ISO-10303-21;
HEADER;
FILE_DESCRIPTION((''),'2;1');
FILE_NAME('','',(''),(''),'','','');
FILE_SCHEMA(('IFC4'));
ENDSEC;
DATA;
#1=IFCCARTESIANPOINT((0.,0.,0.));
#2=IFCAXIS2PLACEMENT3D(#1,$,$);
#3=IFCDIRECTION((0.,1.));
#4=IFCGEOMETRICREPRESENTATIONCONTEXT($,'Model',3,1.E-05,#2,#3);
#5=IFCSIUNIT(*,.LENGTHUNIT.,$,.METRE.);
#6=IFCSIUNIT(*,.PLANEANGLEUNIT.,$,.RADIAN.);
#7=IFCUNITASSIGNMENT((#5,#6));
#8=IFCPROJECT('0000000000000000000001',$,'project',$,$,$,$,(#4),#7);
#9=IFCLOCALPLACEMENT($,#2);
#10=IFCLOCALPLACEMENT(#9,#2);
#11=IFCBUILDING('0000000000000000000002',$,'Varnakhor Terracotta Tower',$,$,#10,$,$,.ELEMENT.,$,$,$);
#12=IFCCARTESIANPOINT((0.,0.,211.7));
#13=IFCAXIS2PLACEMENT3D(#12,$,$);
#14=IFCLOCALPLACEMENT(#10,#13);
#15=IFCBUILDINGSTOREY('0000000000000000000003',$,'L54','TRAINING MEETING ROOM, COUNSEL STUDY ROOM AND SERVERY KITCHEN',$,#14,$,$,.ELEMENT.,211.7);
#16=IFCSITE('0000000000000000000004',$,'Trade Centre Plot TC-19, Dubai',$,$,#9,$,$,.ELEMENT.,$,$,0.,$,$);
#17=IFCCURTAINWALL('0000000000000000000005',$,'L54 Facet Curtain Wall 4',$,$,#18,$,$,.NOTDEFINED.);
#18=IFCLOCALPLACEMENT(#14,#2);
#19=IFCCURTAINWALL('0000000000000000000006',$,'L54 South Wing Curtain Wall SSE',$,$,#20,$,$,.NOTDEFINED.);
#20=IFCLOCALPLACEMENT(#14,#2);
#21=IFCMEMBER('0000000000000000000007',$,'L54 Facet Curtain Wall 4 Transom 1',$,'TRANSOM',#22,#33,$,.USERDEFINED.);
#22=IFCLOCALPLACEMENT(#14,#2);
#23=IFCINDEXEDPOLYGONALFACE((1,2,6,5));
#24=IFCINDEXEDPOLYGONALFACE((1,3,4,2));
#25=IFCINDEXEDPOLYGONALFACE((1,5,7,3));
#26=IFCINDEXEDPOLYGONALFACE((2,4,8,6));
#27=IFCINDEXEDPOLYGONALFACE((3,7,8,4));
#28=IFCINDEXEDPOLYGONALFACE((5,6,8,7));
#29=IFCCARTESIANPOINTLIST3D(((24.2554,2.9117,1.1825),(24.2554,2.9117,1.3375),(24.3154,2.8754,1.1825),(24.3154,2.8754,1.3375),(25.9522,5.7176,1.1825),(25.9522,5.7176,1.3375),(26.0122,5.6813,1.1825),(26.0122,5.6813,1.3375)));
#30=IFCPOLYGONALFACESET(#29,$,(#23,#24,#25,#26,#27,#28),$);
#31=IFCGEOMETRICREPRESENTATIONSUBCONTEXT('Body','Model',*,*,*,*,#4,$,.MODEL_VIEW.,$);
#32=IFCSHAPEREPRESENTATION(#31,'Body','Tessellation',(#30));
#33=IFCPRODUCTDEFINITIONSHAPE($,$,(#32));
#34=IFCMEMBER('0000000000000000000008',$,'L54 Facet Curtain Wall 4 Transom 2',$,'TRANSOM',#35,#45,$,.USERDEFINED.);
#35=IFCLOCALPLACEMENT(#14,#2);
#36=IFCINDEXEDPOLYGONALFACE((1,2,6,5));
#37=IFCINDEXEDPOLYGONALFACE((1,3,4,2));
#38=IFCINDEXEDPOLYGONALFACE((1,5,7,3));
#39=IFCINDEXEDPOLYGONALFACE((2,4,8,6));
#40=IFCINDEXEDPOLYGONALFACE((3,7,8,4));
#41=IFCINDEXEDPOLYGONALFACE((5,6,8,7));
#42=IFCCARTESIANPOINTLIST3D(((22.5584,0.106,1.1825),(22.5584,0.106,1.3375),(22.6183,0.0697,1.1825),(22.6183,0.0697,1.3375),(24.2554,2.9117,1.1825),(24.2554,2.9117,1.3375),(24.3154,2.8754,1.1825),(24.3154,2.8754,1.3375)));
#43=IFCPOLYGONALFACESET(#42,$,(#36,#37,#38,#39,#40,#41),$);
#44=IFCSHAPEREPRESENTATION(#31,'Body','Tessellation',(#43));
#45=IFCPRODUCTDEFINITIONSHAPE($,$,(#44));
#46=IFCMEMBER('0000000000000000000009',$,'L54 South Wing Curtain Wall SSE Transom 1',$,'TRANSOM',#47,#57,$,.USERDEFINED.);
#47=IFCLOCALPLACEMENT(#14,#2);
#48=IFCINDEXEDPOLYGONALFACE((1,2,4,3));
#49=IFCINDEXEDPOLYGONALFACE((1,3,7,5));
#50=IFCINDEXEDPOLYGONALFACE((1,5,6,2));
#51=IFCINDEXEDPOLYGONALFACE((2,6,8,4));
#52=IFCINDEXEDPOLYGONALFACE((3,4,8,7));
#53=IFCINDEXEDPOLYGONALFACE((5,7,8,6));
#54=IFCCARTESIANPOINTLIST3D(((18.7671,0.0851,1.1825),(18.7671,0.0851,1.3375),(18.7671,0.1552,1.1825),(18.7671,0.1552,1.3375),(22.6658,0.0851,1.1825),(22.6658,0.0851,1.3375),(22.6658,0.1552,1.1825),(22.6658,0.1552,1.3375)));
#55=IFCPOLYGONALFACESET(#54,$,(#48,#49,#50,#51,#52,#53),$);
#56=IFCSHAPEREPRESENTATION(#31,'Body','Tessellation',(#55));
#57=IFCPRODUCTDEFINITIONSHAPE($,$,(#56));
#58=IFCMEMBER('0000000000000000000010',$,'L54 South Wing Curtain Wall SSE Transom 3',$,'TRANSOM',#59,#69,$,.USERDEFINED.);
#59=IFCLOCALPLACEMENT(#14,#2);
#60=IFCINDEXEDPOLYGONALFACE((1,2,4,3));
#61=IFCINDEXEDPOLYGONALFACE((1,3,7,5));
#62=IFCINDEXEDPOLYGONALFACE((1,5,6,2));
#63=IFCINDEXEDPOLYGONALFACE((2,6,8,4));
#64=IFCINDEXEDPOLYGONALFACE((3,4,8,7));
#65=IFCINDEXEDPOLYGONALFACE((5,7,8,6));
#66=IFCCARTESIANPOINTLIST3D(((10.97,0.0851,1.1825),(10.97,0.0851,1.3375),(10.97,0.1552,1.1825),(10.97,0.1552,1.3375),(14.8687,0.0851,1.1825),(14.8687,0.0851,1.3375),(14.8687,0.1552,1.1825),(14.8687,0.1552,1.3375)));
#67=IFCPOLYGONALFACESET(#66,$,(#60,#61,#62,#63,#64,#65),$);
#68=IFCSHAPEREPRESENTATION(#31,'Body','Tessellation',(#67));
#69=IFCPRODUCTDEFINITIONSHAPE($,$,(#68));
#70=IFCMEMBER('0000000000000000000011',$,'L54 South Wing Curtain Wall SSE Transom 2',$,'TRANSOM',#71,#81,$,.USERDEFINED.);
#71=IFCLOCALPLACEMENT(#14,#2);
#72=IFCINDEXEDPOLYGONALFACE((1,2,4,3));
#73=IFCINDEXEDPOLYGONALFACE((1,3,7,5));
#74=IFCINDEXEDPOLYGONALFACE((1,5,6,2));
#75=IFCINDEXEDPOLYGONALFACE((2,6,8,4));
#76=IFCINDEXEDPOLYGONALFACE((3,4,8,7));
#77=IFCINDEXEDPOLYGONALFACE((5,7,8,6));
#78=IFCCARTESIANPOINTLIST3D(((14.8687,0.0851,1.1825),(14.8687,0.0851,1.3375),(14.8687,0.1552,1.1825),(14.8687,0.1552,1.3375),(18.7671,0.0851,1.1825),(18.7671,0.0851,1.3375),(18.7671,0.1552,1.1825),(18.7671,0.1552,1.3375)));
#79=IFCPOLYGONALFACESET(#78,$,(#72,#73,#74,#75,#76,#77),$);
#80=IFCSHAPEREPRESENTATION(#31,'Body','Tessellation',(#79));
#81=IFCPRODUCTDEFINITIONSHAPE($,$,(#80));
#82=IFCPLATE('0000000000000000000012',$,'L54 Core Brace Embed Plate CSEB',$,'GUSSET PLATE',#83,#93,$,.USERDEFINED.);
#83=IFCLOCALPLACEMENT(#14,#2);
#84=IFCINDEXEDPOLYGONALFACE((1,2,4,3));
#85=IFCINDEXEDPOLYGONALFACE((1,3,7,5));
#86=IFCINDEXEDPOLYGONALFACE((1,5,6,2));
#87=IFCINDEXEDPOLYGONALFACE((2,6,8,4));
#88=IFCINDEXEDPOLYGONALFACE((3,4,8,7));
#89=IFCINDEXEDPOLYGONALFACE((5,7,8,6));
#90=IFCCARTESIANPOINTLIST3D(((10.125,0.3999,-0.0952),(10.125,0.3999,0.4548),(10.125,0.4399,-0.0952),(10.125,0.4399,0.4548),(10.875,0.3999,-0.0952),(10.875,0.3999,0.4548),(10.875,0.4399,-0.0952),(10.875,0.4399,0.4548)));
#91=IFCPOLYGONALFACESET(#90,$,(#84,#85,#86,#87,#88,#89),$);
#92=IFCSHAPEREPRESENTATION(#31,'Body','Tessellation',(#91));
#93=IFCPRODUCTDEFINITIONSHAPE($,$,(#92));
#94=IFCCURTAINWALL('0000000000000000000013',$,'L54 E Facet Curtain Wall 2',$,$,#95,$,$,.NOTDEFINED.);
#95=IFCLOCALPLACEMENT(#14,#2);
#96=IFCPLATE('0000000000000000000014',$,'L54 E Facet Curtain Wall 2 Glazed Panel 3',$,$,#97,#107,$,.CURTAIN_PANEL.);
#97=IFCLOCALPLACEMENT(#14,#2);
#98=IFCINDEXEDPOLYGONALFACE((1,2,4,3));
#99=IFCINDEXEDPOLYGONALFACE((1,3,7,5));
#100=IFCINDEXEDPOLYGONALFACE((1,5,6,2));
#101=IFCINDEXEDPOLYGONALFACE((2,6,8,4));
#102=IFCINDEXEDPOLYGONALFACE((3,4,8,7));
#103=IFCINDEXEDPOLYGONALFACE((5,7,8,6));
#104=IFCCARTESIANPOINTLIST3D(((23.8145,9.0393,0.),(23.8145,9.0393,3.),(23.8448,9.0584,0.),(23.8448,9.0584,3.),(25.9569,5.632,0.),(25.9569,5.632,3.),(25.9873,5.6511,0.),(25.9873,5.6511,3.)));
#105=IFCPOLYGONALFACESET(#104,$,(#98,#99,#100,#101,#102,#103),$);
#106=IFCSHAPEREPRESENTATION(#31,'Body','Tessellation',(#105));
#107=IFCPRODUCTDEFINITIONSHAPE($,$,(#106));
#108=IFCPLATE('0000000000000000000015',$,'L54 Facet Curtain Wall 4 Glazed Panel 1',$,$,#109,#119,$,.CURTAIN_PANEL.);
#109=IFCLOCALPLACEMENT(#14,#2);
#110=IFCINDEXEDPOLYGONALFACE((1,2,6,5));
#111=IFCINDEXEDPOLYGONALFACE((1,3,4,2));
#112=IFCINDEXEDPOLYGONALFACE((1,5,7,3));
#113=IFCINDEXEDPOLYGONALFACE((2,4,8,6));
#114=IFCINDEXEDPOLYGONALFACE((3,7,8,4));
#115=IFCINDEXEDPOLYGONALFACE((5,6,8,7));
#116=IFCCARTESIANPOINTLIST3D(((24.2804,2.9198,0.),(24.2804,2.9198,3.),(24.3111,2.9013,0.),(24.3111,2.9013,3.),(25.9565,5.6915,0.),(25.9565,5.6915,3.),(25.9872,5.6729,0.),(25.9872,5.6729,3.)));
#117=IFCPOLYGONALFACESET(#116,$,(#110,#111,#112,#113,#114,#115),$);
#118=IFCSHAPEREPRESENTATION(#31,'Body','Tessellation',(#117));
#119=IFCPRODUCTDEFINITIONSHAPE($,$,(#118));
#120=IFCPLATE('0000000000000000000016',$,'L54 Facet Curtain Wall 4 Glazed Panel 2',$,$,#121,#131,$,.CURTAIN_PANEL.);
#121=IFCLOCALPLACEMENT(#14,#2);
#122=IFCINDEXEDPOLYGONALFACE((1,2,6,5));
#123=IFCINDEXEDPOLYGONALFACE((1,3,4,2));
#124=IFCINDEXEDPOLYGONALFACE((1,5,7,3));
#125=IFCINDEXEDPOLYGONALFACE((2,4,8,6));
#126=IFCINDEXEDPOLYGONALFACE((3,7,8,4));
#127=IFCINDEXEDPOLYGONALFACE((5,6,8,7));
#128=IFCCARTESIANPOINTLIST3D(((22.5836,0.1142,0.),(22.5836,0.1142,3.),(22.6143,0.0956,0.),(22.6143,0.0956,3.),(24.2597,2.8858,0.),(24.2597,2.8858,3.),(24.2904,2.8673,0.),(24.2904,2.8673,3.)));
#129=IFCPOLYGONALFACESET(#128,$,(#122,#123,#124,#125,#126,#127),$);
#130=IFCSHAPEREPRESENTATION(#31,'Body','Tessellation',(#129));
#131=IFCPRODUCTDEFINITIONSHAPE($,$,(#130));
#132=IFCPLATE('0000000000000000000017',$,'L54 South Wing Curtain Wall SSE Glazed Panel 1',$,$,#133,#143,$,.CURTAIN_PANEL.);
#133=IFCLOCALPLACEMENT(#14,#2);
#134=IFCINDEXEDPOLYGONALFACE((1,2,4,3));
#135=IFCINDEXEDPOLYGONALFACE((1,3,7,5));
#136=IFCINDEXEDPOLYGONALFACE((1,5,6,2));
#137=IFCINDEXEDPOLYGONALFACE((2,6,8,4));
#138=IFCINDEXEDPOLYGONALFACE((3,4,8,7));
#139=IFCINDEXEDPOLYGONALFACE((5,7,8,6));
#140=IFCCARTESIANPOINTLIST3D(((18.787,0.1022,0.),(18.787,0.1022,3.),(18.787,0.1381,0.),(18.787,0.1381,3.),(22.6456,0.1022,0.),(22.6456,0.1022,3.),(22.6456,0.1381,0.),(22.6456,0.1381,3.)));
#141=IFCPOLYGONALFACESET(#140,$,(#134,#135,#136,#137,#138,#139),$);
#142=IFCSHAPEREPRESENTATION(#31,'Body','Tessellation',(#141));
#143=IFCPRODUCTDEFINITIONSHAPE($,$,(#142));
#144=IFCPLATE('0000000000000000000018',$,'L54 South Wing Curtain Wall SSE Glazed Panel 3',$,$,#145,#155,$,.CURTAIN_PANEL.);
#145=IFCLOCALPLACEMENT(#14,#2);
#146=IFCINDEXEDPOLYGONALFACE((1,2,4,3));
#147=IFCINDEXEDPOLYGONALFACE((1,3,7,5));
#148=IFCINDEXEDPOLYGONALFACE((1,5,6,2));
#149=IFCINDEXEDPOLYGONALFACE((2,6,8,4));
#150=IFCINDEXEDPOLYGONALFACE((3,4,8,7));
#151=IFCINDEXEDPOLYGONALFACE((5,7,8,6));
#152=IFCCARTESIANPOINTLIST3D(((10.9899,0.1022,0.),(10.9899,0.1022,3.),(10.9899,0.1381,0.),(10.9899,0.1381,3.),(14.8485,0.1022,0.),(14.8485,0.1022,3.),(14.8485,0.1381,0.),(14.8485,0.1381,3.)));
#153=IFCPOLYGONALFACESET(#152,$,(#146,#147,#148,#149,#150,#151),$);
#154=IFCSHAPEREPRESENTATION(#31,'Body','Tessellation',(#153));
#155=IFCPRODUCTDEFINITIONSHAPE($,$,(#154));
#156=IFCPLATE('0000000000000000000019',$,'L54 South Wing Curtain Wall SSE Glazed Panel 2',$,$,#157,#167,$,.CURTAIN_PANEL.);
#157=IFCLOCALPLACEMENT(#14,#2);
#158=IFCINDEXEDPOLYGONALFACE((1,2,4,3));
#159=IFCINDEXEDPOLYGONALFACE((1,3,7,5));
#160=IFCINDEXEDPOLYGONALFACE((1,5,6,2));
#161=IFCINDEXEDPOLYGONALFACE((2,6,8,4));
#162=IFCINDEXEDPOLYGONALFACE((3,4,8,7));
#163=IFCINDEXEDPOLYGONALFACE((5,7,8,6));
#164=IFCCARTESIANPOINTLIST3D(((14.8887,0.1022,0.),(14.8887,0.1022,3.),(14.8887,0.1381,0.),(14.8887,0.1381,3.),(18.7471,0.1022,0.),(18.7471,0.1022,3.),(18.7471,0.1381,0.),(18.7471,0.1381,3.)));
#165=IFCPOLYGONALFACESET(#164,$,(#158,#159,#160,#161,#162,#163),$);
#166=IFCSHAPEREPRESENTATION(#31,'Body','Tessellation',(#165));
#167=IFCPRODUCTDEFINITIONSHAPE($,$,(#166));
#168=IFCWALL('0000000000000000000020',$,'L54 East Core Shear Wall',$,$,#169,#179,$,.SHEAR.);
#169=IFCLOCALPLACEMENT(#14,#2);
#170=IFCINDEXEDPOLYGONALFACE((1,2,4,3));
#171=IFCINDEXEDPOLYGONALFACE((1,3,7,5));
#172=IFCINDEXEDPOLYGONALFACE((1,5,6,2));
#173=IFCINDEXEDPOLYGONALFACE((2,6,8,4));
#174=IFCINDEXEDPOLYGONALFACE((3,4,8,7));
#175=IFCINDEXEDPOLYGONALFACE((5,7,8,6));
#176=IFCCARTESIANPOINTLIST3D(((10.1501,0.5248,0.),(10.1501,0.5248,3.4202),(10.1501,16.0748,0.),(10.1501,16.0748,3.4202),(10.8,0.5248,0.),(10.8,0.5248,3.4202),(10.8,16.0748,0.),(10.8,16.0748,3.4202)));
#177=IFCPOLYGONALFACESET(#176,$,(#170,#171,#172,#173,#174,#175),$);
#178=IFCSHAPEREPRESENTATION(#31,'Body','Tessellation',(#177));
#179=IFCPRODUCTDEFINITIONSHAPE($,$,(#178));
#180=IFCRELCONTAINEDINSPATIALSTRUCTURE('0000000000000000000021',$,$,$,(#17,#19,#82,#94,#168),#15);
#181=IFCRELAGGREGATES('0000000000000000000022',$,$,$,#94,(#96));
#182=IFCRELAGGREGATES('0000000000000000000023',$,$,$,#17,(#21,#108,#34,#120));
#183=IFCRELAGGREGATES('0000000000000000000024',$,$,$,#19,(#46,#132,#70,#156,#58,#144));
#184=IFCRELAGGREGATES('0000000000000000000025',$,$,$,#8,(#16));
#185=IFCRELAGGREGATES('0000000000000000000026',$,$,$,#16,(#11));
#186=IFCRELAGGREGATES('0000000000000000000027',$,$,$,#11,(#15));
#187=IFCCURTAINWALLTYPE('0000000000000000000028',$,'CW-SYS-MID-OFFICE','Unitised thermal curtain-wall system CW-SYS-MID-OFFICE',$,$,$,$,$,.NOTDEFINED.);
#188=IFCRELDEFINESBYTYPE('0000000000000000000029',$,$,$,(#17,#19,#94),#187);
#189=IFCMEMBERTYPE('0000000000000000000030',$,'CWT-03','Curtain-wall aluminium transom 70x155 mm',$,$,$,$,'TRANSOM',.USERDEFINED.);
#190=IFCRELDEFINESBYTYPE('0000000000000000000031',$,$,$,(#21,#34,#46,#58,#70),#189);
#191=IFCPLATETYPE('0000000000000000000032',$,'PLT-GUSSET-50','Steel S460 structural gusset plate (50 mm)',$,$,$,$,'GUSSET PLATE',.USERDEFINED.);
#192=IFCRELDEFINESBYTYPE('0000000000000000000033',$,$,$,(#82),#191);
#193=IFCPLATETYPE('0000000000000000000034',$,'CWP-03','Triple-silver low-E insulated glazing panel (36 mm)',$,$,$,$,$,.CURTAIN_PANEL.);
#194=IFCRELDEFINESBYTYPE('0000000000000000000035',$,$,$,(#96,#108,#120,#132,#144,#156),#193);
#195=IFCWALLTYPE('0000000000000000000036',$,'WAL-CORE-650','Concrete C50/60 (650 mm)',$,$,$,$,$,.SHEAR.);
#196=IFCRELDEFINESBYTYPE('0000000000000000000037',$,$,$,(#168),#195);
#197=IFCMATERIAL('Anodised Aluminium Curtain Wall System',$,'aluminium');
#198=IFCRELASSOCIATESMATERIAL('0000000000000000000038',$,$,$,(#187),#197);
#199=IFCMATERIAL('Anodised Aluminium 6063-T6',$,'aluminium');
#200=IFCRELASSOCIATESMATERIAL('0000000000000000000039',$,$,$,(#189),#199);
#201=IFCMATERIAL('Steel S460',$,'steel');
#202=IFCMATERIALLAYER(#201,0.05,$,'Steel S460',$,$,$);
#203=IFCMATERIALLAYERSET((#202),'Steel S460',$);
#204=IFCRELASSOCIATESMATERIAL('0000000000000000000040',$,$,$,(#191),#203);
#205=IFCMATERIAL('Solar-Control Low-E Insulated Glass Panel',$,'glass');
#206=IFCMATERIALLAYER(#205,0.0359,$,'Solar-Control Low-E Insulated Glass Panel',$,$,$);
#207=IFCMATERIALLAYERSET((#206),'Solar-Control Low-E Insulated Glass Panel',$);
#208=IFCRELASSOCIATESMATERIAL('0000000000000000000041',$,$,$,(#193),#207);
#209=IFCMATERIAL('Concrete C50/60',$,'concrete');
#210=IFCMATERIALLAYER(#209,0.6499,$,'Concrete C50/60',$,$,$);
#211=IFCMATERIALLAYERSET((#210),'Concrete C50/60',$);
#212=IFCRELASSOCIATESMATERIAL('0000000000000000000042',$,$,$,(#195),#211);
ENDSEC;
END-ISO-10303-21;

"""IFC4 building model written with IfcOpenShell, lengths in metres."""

from ifc_helpers import new_model, si_unit, direction, frame, frame_2d, origin, origin_2d, place, context, subcontext, project, spatial, rectangle, extrude, source, transform, mapped, material, layer, layer_set, material_profile, profile_set, type_object, type_shapes, element, aggregate, save


model = new_model("IFC4")

# Units and contexts
model_context = context("Model", 3, precision=1e-05, world=origin(), true_north=direction((0.0, 1.0)))
body_context = subcontext(model_context, "Body", "Model", "MODEL_VIEW")
ifc_project = project(units=[si_unit("LENGTHUNIT", "METRE"), si_unit("PLANEANGLEUNIT", "RADIAN")], contexts=[model_context])

# Site, building, storey
site_placement = place(None, origin())
site = spatial("IfcSite", under=ifc_project, at=site_placement, Name="Trade Centre Plot TC-19, Dubai", CompositionType="ELEMENT", RefElevation=0.0)
building_placement = place(site_placement, origin())
building = spatial("IfcBuilding", under=site, at=building_placement, Name="Varnakhor Terracotta Tower", CompositionType="ELEMENT")
storey_placement = place(building_placement, frame((0.0, 0.0, 211.7)))
storey = spatial("IfcBuildingStorey", under=building, at=storey_placement, Name="L54", Description="TRAINING MEETING ROOM, COUNSEL STUDY ROOM AND SERVERY KITCHEN", CompositionType="ELEMENT", Elevation=211.7)

# Shared definitions
ifc_material_1 = material(Name="Concrete C50/60", Category="concrete")
ifc_material_2 = material(Name="Steel S460", Category="steel")

# Curtain walls
ifc_material_3 = material(Name="Anodised Aluminium Curtain Wall System", Category="aluminium")
curtain_wall_type = type_object("IfcCurtainWallType", Name="CW-SYS-MID-OFFICE", Description="Unitised thermal curtain-wall system CW-SYS-MID-OFFICE", PredefinedType="NOTDEFINED", material=ifc_material_3)
curtain_wall_1_placement = place(storey_placement, origin())
curtain_wall_1 = element("IfcCurtainWall", 1, at=curtain_wall_1_placement, inside=storey, type_object=curtain_wall_type, Name="L54 Facet Curtain Wall 4", PredefinedType="NOTDEFINED")
ifc_material_4 = material(Name="Anodised Aluminium 6063-T6", Category="aluminium")
curtain_wall_2_placement = place(storey_placement, origin())
curtain_wall_2 = element("IfcCurtainWall", 2, at=curtain_wall_2_placement, inside=storey, type_object=curtain_wall_type, Name="L54 South Wing Curtain Wall SSE", PredefinedType="NOTDEFINED")

# Members
ifc_material_profile_1 = material_profile(ifc_material_4, rectangle(XDim=0.0701, YDim=0.155, at=origin_2d()), Name="ALU TRANSOM 70x155")
ifc_profile_set_1 = profile_set([ifc_material_profile_1], Name="Anodised Aluminium 6063-T6")
member_type_1 = type_object("IfcMemberType", Name="CWT-03", Description="Curtain-wall aluminium transom 70x155 mm", ElementType="TRANSOM", PredefinedType="USERDEFINED", material=ifc_profile_set_1)
shared_shape_1 = source(origin(), body_context, "Body", "SweptSolid", [
    extrude(rectangle(XDim=0.0701, YDim=0.155, at=origin_2d()), origin(), (0.0, 0.0, 1.0), 3.2791),
])
member_1_placement = place(storey_placement, frame((25.9822, 5.6995, 1.26), z_axis=(-0.51746, -0.855707, 0.0), x_axis=(0.855707, -0.51746, 0.0)))
member_1 = element("IfcMember", 3, at=member_1_placement, type_object=member_type_1, Name="L54 Facet Curtain Wall 4 Transom 1", ObjectType="TRANSOM", PredefinedType="USERDEFINED", context=body_context, shape_type="MappedRepresentation", body=[
    mapped(shared_shape_1, transform((0.0, 0.0, 0.0), scale=1.0)),
])
member_2_placement = place(storey_placement, frame((24.2854, 2.8936, 1.26), z_axis=(-0.517547, -0.855655, 0.0), x_axis=(0.855655, -0.517547, 0.0)))
member_2 = element("IfcMember", 4, at=member_2_placement, type_object=member_type_1, Name="L54 Facet Curtain Wall 4 Transom 2", ObjectType="TRANSOM", PredefinedType="USERDEFINED", context=body_context, shape_type="MappedRepresentation", body=[
    mapped(shared_shape_1, transform((0.0, 0.0, 0.0), scale=1.0)),
])
shared_shape_2 = source(origin(), body_context, "Body", "SweptSolid", [
    extrude(rectangle(XDim=0.0701, YDim=0.155, at=origin_2d()), origin(), (0.0, 0.0, 1.0), 3.8987),
])
member_3_placement = place(storey_placement, frame((22.6658, 0.1201, 1.26), z_axis=(-1.0, 0.0, 0.0), x_axis=(0.0, -1.0, 0.0)))
member_3 = element("IfcMember", 5, at=member_3_placement, type_object=member_type_1, Name="L54 South Wing Curtain Wall SSE Transom 1", ObjectType="TRANSOM", PredefinedType="USERDEFINED", context=body_context, shape_type="MappedRepresentation", body=[
    mapped(shared_shape_2, transform((0.0, 0.0, 0.0), scale=1.0)),
])
member_4_placement = place(storey_placement, frame((14.8687, 0.1201, 1.26), z_axis=(-1.0, 0.0, 0.0), x_axis=(0.0, -1.0, 0.0)))
member_4 = element("IfcMember", 6, at=member_4_placement, type_object=member_type_1, Name="L54 South Wing Curtain Wall SSE Transom 3", ObjectType="TRANSOM", PredefinedType="USERDEFINED", context=body_context, shape_type="MappedRepresentation", body=[
    mapped(shared_shape_2, transform((0.0, 0.0, 0.0), scale=1.0)),
])
shared_shape_3 = source(origin(), body_context, "Body", "SweptSolid", [
    extrude(rectangle(XDim=0.0701, YDim=0.155, at=origin_2d()), origin(), (0.0, 0.0, 1.0), 3.8984),
])
member_5_placement = place(storey_placement, frame((18.7671, 0.1201, 1.26), z_axis=(-1.0, 0.0, 0.0), x_axis=(0.0, -1.0, 0.0)))
member_5 = element("IfcMember", 7, at=member_5_placement, type_object=member_type_1, Name="L54 South Wing Curtain Wall SSE Transom 2", ObjectType="TRANSOM", PredefinedType="USERDEFINED", context=body_context, shape_type="MappedRepresentation", body=[
    mapped(shared_shape_3, transform((0.0, 0.0, 0.0), scale=1.0)),
])

# Plate
ifc_layer_1 = layer(ifc_material_2, 0.05, Name="Steel S460")
ifc_layer_set_1 = layer_set([ifc_layer_1], Name="Steel S460")
plate_type_1 = type_object("IfcPlateType", Name="PLT-GUSSET-50", Description="Steel S460 structural gusset plate (50 mm)", ElementType="GUSSET PLATE", PredefinedType="USERDEFINED", material=ifc_layer_set_1)
shared_shape_4 = source(origin(), body_context, "Body", "SweptSolid", [
    extrude(rectangle(XDim=0.75, YDim=0.04, at=origin_2d()), origin(), (0.0, 0.0, 1.0), 0.55),
])
type_shapes(plate_type_1, [shared_shape_4])
plate_1_placement = place(storey_placement, frame((10.5, 0.4199, -0.0952), z_axis=(0.0, 0.0, 1.0), x_axis=(1.0, 0.0, 0.0)))
element("IfcPlate", 8, at=plate_1_placement, inside=storey, type_object=plate_type_1, Name="L54 Core Brace Embed Plate CSEB", ObjectType="GUSSET PLATE", PredefinedType="USERDEFINED", context=body_context, shape_type="MappedRepresentation", body=[
    mapped(shared_shape_4, transform((0.0, 0.0, 0.0), scale=1.0)),
])

# Curtain wall, plate
curtain_wall_3_placement = place(storey_placement, origin())
curtain_wall_3 = element("IfcCurtainWall", 9, at=curtain_wall_3_placement, inside=storey, type_object=curtain_wall_type, Name="L54 E Facet Curtain Wall 2", PredefinedType="NOTDEFINED")
ifc_material_5 = material(Name="Solar-Control Low-E Insulated Glass Panel", Category="glass")
ifc_layer_2 = layer(ifc_material_5, 0.0359, Name="Solar-Control Low-E Insulated Glass Panel")
ifc_layer_set_2 = layer_set([ifc_layer_2], Name="Solar-Control Low-E Insulated Glass Panel")
plate_type_2 = type_object("IfcPlateType", Name="CWP-03", Description="Triple-silver low-E insulated glazing panel (36 mm)", PredefinedType="CURTAIN_PANEL", material=ifc_layer_set_2)
shared_shape_5 = source(origin(), body_context, "Body", "SweptSolid", [
    extrude(rectangle(XDim=4.0249, YDim=0.0359, at=origin_2d()), origin(), (0.0, 0.0, 1.0), 3.0),
])
plate_2_placement = place(storey_placement, frame((24.9009, 7.3452, 0.0), z_axis=(0.0, 0.0, 1.0), x_axis=(0.5323, -0.846556, 0.0)))
plate_2 = element("IfcPlate", 10, at=plate_2_placement, type_object=plate_type_2, Name="L54 E Facet Curtain Wall 2 Glazed Panel 3", PredefinedType="CURTAIN_PANEL", context=body_context, shape_type="MappedRepresentation", body=[
    mapped(shared_shape_5, transform((0.0, 0.0, 0.0), scale=1.0)),
])
aggregate(curtain_wall_3, [plate_2])

# Plates
shared_shape_6 = source(origin(), body_context, "Body", "SweptSolid", [
    extrude(rectangle(XDim=3.239, YDim=0.0359, at=origin_2d()), origin(), (0.0, 0.0, 1.0), 3.0),
])
plate_3_placement = place(storey_placement, frame((25.1338, 4.2964, 0.0), z_axis=(0.0, 0.0, 1.0), x_axis=(-0.51746, -0.855708, 0.0)))
plate_3 = element("IfcPlate", 11, at=plate_3_placement, type_object=plate_type_2, Name="L54 Facet Curtain Wall 4 Glazed Panel 1", PredefinedType="CURTAIN_PANEL", context=body_context, shape_type="MappedRepresentation", body=[
    mapped(shared_shape_6, transform((0.0, 0.0, 0.0), scale=1.0)),
])
plate_4_placement = place(storey_placement, frame((23.437, 1.4907, 0.0), z_axis=(0.0, 0.0, 1.0), x_axis=(-0.51746, -0.855708, 0.0)))
plate_4 = element("IfcPlate", 12, at=plate_4_placement, type_object=plate_type_2, Name="L54 Facet Curtain Wall 4 Glazed Panel 2", PredefinedType="CURTAIN_PANEL", context=body_context, shape_type="MappedRepresentation", body=[
    mapped(shared_shape_6, transform((0.0, 0.0, 0.0), scale=1.0)),
])
aggregate(curtain_wall_1, [member_1, plate_3, member_2, plate_4])
shared_shape_7 = source(origin(), body_context, "Body", "SweptSolid", [
    extrude(rectangle(XDim=3.8586, YDim=0.0359, at=origin_2d()), origin(), (0.0, 0.0, 1.0), 3.0),
])
plate_5_placement = place(storey_placement, frame((20.7163, 0.1201, 0.0), z_axis=(0.0, 0.0, 1.0), x_axis=(-1.0, 0.0, 0.0)))
plate_5 = element("IfcPlate", 13, at=plate_5_placement, type_object=plate_type_2, Name="L54 South Wing Curtain Wall SSE Glazed Panel 1", PredefinedType="CURTAIN_PANEL", context=body_context, shape_type="MappedRepresentation", body=[
    mapped(shared_shape_7, transform((0.0, 0.0, 0.0), scale=1.0)),
])
plate_6_placement = place(storey_placement, frame((12.9192, 0.1201, 0.0), z_axis=(0.0, 0.0, 1.0), x_axis=(-1.0, 0.0, 0.0)))
plate_6 = element("IfcPlate", 14, at=plate_6_placement, type_object=plate_type_2, Name="L54 South Wing Curtain Wall SSE Glazed Panel 3", PredefinedType="CURTAIN_PANEL", context=body_context, shape_type="MappedRepresentation", body=[
    mapped(shared_shape_7, transform((0.0, 0.0, 0.0), scale=1.0)),
])
shared_shape_8 = source(origin(), body_context, "Body", "SweptSolid", [
    extrude(rectangle(XDim=3.8584, YDim=0.0359, at=origin_2d()), origin(), (0.0, 0.0, 1.0), 3.0),
])
plate_7_placement = place(storey_placement, frame((16.8179, 0.1201, 0.0), z_axis=(0.0, 0.0, 1.0), x_axis=(-1.0, 0.0, 0.0)))
plate_7 = element("IfcPlate", 15, at=plate_7_placement, type_object=plate_type_2, Name="L54 South Wing Curtain Wall SSE Glazed Panel 2", PredefinedType="CURTAIN_PANEL", context=body_context, shape_type="MappedRepresentation", body=[
    mapped(shared_shape_8, transform((0.0, 0.0, 0.0), scale=1.0)),
])
aggregate(curtain_wall_2, [member_3, plate_5, member_5, plate_7, member_4, plate_6])

# Wall
ifc_layer_3 = layer(ifc_material_1, 0.6499, Name="Concrete C50/60")
ifc_layer_set_3 = layer_set([ifc_layer_3], Name="Concrete C50/60")
wall_type_1 = type_object("IfcWallType", Name="WAL-CORE-650", Description="Concrete C50/60 (650 mm)", PredefinedType="SHEAR", material=ifc_layer_set_3)
wall_1_placement = place(storey_placement, frame((10.4751, 0.5249, 0.0), z_axis=(0.0, 0.0, 1.0), x_axis=(0.0, 1.0, 0.0)))
element("IfcWall", 16, at=wall_1_placement, inside=storey, type_object=wall_type_1, Name="L54 East Core Shear Wall", PredefinedType="SHEAR", context=body_context, shape_type="SweptSolid", body=[
    extrude(rectangle(XDim=15.55, YDim=0.6499, at=frame_2d((7.7749, 0.0))), origin(), (0.0, 0.0, 1.0), 3.4202),
])

save(model, "model.ifc")
